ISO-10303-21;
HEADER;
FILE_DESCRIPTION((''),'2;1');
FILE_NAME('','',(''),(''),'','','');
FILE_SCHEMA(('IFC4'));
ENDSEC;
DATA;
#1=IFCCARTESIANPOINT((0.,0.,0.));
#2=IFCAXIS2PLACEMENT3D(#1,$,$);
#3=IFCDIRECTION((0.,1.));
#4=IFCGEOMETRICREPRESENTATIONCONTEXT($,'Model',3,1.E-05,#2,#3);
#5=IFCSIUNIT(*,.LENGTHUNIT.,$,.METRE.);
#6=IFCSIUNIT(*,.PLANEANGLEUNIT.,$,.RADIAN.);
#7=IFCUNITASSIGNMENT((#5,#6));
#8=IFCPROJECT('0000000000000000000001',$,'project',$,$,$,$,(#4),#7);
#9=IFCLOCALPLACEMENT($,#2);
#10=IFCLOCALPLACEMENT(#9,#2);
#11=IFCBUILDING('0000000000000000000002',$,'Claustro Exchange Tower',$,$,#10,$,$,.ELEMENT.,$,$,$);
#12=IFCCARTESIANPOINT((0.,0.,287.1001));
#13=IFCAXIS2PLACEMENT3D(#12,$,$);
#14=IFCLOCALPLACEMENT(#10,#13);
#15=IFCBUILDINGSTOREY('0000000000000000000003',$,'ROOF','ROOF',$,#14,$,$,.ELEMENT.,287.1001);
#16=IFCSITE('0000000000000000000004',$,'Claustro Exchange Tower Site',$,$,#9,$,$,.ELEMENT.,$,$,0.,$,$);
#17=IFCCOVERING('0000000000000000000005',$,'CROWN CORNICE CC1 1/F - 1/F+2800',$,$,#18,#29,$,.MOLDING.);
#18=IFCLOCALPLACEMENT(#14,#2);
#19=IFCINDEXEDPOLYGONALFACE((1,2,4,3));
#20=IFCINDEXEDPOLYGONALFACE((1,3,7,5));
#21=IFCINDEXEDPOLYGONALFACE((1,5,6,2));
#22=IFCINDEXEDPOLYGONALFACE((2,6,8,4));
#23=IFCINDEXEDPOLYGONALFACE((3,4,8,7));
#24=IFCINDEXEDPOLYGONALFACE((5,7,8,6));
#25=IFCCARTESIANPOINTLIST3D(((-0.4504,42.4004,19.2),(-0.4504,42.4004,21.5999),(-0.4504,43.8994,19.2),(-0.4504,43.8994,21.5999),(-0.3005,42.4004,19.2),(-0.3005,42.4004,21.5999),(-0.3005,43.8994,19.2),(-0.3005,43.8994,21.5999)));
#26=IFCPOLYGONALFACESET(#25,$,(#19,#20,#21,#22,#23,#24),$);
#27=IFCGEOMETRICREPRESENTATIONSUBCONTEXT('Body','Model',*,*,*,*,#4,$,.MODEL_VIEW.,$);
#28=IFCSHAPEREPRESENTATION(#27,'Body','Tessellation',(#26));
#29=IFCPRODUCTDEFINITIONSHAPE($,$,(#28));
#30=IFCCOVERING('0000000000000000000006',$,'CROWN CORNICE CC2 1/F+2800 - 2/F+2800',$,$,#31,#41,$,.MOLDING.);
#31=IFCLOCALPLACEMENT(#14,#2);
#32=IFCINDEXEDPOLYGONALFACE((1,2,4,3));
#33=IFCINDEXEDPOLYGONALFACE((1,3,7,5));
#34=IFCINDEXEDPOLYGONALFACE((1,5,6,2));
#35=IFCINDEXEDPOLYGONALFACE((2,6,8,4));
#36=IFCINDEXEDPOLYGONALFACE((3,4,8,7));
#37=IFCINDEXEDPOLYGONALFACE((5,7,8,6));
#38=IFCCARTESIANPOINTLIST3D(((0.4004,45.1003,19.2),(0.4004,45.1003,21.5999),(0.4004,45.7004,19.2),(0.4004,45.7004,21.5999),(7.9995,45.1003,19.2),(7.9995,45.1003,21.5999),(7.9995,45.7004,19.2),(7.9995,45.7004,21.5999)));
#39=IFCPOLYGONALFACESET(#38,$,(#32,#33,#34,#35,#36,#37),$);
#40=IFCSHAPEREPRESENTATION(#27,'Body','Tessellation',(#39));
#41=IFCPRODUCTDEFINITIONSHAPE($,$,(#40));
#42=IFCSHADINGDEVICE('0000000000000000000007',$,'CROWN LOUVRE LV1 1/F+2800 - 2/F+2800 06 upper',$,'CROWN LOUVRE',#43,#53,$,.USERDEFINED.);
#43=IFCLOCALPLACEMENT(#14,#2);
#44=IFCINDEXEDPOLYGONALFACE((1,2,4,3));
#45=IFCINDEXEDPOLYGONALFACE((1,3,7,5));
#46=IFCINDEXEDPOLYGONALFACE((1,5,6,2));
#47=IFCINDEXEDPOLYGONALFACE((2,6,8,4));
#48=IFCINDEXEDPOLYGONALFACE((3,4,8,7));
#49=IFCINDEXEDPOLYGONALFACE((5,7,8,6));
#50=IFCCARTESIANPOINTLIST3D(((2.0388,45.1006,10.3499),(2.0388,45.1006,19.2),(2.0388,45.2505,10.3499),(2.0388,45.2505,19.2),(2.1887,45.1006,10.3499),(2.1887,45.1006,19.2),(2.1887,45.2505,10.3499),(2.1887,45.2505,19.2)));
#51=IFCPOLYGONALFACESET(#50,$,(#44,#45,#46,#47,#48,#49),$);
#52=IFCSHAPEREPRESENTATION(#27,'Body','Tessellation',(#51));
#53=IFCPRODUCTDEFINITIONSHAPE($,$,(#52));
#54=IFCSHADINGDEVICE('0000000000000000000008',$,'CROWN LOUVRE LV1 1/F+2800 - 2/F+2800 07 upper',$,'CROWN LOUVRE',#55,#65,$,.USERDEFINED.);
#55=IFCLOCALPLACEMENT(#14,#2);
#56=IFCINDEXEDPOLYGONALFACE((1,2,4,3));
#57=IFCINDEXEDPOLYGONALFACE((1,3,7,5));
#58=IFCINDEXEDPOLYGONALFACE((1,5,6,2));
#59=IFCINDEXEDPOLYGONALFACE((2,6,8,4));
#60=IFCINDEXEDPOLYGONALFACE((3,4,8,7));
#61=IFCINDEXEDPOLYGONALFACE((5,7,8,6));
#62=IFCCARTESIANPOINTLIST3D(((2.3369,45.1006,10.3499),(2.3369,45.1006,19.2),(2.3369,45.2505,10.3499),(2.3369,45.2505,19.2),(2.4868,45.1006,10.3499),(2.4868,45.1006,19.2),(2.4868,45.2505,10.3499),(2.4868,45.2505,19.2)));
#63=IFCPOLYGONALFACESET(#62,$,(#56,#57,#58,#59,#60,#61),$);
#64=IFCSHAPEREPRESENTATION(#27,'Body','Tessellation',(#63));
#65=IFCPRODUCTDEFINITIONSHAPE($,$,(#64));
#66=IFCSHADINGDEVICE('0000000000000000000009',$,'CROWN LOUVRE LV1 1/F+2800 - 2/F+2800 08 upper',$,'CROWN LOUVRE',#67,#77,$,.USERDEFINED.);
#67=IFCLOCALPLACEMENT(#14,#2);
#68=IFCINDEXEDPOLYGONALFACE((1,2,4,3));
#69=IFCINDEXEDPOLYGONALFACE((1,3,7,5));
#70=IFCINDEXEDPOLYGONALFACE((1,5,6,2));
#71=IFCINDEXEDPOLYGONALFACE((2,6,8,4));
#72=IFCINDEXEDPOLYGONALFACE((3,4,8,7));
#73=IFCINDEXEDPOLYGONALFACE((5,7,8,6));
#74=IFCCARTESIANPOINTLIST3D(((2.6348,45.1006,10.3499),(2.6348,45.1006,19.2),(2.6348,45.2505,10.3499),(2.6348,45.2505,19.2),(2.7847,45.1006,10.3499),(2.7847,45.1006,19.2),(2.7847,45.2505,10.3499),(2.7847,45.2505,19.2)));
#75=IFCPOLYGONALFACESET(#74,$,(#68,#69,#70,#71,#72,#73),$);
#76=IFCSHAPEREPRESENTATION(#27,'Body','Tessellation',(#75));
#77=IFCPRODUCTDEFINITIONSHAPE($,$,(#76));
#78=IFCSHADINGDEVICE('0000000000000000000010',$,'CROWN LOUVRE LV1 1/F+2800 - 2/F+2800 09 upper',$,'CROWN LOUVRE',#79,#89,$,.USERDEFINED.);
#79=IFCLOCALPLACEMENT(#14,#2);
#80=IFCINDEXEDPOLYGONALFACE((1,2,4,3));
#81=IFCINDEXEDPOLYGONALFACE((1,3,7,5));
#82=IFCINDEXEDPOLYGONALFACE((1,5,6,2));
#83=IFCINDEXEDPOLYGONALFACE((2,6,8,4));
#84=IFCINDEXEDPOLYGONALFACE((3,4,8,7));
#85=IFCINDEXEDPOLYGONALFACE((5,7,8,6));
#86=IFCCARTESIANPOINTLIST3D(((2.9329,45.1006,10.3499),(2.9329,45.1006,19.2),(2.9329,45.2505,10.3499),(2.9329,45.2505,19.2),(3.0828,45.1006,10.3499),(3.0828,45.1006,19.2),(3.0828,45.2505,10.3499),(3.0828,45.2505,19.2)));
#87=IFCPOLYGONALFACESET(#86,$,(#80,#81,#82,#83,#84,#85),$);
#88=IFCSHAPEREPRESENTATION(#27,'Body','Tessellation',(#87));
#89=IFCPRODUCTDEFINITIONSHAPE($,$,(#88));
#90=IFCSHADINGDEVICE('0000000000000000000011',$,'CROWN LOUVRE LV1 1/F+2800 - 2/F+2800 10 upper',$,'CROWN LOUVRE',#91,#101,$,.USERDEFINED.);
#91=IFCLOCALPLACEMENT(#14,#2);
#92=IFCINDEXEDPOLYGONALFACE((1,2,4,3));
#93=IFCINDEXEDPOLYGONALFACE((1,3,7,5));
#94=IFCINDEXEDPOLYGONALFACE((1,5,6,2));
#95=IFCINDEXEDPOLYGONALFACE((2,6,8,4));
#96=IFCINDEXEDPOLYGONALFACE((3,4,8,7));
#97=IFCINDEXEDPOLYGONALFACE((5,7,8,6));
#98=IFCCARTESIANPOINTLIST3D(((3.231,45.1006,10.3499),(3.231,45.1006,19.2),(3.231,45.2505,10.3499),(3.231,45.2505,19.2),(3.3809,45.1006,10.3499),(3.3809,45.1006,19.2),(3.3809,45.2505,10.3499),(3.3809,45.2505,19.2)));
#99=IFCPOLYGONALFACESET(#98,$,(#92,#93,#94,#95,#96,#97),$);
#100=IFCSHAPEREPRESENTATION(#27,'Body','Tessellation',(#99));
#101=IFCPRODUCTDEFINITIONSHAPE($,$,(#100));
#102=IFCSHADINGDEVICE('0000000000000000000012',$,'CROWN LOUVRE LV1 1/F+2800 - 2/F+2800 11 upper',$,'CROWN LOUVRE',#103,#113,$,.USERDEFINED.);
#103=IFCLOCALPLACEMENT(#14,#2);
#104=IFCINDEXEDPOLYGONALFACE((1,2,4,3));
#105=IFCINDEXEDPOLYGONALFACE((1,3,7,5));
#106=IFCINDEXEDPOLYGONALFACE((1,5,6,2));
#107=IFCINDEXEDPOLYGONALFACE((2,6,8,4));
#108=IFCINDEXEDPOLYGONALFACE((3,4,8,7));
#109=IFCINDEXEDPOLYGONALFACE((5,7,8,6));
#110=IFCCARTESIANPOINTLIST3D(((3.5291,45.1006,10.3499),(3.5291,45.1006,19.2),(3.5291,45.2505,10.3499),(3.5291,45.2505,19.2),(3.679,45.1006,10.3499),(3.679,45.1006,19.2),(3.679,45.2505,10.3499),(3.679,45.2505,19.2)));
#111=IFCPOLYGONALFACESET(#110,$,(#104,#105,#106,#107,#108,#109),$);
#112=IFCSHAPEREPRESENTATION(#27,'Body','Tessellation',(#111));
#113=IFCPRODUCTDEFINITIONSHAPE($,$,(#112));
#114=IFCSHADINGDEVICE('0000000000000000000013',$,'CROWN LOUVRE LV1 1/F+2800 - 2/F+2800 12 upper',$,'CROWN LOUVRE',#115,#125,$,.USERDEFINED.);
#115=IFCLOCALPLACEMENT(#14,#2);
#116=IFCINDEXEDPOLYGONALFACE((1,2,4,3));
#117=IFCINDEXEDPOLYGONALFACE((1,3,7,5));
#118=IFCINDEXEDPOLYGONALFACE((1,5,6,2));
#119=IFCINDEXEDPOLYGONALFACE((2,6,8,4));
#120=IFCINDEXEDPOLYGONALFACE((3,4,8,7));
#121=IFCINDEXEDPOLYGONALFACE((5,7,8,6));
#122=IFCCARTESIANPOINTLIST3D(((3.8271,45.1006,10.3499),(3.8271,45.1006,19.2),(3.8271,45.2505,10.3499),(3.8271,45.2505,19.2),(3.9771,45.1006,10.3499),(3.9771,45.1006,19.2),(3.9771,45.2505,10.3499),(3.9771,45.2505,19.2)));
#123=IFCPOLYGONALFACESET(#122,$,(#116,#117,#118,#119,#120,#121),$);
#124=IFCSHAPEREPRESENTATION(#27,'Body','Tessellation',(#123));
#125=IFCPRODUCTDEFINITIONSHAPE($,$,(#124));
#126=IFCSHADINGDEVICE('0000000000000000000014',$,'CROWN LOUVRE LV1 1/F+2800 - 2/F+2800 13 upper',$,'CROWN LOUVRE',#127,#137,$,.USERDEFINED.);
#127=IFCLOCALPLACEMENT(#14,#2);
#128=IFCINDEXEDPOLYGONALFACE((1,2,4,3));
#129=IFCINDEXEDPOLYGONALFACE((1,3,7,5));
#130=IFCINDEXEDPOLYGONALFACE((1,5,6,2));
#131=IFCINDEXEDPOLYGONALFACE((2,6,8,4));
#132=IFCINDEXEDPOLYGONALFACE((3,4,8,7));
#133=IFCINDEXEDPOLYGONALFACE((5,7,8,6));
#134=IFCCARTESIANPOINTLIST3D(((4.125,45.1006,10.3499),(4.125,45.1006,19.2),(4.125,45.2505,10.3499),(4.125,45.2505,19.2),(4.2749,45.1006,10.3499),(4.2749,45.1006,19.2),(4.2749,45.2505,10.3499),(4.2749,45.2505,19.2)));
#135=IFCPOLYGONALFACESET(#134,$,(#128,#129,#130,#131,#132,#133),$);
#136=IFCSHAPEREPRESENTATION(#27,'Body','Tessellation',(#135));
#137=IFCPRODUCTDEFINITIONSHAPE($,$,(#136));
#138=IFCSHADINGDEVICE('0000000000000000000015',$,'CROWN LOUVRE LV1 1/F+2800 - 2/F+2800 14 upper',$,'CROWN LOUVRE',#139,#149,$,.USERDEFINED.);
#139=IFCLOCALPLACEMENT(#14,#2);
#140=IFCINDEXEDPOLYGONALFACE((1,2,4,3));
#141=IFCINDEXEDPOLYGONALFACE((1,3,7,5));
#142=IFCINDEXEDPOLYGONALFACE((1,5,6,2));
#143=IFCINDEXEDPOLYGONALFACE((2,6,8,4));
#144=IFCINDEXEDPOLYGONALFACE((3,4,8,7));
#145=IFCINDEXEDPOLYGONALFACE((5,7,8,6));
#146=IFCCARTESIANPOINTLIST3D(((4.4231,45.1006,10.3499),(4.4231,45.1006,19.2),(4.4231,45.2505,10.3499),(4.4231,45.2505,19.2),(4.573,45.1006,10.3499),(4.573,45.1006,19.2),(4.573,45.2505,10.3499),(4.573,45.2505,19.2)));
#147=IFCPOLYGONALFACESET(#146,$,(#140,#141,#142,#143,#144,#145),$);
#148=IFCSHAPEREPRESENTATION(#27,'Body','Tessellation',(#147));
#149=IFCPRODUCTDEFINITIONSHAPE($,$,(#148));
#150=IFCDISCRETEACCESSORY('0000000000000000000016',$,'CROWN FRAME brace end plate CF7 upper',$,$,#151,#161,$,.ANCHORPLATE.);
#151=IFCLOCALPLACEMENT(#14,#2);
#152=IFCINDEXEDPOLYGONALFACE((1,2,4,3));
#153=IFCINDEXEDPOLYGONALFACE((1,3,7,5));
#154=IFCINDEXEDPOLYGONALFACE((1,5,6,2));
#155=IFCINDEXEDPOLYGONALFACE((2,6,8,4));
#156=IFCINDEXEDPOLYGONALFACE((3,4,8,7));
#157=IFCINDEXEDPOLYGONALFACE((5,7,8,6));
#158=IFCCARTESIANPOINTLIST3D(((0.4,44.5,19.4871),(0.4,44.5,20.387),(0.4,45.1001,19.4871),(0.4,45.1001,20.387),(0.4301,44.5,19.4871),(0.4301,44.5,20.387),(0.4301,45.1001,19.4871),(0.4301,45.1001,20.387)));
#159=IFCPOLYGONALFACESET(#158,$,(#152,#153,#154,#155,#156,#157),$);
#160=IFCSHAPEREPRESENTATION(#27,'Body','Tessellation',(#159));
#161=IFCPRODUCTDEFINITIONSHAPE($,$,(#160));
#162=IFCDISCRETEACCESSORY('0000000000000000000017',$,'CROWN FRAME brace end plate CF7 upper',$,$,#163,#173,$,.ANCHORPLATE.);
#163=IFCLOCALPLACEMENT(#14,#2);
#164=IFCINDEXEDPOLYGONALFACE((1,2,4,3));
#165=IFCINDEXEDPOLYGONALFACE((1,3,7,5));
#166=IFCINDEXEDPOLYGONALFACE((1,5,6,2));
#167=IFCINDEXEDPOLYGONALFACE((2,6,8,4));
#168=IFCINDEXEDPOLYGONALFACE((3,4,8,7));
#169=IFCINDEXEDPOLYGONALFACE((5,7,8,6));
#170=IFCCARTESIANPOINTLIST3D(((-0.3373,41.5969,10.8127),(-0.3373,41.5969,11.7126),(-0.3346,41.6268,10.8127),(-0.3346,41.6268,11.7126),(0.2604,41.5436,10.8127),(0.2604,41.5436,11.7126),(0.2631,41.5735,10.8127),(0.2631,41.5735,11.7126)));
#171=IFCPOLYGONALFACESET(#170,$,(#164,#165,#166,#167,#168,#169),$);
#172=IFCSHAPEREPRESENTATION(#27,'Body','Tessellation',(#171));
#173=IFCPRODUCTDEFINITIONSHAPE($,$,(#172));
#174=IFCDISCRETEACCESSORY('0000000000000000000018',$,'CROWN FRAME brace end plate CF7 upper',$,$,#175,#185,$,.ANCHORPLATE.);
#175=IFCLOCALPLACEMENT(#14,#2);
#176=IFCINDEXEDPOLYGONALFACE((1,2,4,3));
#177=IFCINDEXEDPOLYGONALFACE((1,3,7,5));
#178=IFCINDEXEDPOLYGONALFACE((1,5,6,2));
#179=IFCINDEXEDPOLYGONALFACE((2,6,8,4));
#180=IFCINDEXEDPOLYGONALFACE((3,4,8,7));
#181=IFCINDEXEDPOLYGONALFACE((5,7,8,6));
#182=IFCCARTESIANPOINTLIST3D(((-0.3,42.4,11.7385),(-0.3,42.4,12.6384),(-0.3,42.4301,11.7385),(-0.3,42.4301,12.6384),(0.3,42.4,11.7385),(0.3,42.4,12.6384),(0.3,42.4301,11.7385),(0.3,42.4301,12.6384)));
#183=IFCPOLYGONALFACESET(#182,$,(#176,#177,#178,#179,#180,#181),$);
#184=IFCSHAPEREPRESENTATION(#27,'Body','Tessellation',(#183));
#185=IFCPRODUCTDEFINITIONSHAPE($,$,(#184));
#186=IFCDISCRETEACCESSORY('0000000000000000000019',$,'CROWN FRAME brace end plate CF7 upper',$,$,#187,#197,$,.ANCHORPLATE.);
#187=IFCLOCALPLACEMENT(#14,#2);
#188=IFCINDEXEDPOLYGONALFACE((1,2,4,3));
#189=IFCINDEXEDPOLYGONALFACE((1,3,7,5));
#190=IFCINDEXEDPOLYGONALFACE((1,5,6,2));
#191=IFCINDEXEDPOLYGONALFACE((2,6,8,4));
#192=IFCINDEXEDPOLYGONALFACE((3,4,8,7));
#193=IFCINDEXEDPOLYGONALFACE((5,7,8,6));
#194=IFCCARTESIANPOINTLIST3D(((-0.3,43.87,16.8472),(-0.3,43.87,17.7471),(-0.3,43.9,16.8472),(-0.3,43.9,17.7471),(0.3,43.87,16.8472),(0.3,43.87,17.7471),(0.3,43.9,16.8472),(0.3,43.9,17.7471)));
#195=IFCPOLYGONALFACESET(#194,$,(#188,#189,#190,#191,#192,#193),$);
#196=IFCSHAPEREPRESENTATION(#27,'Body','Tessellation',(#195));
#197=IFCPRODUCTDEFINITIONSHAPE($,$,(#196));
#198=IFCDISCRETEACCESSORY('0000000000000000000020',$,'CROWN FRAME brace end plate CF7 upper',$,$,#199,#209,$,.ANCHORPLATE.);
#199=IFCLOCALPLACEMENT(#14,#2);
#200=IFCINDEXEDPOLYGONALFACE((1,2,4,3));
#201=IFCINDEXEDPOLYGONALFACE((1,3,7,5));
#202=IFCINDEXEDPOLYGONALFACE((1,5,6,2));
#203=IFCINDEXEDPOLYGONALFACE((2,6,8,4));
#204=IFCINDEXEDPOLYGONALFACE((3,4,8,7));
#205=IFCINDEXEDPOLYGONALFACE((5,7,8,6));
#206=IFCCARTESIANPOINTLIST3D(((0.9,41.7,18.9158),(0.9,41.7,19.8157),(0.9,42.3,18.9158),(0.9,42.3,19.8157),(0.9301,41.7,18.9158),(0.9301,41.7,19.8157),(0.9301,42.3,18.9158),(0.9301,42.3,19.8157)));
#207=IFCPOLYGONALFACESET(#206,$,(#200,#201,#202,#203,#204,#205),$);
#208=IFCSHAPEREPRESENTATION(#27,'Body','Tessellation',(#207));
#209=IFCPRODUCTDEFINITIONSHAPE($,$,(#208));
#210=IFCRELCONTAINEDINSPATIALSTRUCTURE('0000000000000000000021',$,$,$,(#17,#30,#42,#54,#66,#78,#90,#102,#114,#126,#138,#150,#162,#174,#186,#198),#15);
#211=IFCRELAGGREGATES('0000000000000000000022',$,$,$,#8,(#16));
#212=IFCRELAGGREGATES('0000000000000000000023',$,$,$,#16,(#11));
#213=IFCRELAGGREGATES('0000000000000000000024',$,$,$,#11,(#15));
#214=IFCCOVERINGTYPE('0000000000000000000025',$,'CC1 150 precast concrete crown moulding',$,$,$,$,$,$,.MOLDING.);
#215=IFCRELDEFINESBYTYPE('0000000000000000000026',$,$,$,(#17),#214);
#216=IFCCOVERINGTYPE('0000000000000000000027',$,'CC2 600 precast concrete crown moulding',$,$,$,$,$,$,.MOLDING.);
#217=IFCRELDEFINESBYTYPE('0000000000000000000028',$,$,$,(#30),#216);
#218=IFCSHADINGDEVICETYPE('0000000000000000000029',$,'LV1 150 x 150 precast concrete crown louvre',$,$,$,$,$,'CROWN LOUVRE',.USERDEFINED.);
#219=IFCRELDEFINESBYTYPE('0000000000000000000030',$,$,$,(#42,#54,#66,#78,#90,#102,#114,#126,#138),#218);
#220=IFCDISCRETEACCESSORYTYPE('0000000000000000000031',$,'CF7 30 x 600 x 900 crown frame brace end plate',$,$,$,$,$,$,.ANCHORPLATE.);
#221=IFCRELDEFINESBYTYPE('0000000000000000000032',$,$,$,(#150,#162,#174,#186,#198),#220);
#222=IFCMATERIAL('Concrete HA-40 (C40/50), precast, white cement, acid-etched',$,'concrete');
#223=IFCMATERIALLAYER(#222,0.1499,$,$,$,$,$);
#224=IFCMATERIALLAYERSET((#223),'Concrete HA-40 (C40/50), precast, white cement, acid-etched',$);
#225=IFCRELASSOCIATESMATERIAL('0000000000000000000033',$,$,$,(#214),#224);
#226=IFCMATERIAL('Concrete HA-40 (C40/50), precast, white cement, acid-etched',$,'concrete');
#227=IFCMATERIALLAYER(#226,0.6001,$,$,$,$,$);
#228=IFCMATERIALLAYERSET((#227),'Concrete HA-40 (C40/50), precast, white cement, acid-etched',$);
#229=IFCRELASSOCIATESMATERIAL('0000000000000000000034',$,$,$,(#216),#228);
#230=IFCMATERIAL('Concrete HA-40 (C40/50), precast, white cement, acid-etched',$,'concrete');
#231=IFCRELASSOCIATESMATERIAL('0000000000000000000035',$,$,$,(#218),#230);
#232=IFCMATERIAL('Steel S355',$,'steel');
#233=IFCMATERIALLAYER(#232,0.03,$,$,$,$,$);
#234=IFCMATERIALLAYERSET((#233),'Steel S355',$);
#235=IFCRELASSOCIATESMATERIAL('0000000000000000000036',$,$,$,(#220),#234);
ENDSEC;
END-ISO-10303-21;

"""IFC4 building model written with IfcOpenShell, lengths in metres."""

from ifc_helpers import new_model, si_unit, direction, frame, origin, origin_2d, place, context, subcontext, project, spatial, rectangle, extrude, material, layer, layer_set, type_object, element, save


model = new_model("IFC4")

# Units and contexts
model_context = context("Model", 3, precision=1e-05, world=origin(), true_north=direction((0.0, 1.0)))
body_context = subcontext(model_context, "Body", "Model", "MODEL_VIEW")
ifc_project = project(units=[si_unit("LENGTHUNIT", "METRE"), si_unit("PLANEANGLEUNIT", "RADIAN")], contexts=[model_context])

# Site, building, storey
site_placement = place(None, origin())
site = spatial("IfcSite", under=ifc_project, at=site_placement, Name="Claustro Exchange Tower Site", CompositionType="ELEMENT", RefElevation=0.0)
building_placement = place(site_placement, origin())
building = spatial("IfcBuilding", under=site, at=building_placement, Name="Claustro Exchange Tower", CompositionType="ELEMENT")
storey_placement = place(building_placement, frame((0.0, 0.0, 287.1001)))
storey = spatial("IfcBuildingStorey", under=building, at=storey_placement, Name="ROOF", Description="ROOF", CompositionType="ELEMENT", Elevation=287.1001)

# Coverings
ifc_material_1 = material(Name="Concrete HA-40 (C40/50), precast, white cement, acid-etched", Category="concrete")
ifc_layer_1 = layer(ifc_material_1, 0.1499)
ifc_layer_set_1 = layer_set([ifc_layer_1], Name="Concrete HA-40 (C40/50), precast, white cement, acid-etched")
covering_type_1 = type_object("IfcCoveringType", Name="CC1 150 precast concrete crown moulding", PredefinedType="MOLDING", material=ifc_layer_set_1)
covering_1_placement = place(storey_placement, frame((-0.3755, 43.1499, 19.2), z_axis=(0.0, 0.0, 1.0), x_axis=(0.0, 1.0, 0.0)))
element("IfcCovering", 1, at=covering_1_placement, inside=storey, type_object=covering_type_1, Name="CROWN CORNICE CC1 1/F - 1/F+2800", PredefinedType="MOLDING", context=body_context, shape_type="SweptSolid", body=[
    extrude(rectangle(XDim=1.499, YDim=0.1499, at=origin_2d()), origin(), (0.0, 0.0, 1.0), 2.3999),
])
ifc_material_2 = material(Name="Concrete HA-40 (C40/50), precast, white cement, acid-etched", Category="concrete")
ifc_layer_2 = layer(ifc_material_2, 0.6001)
ifc_layer_set_2 = layer_set([ifc_layer_2], Name="Concrete HA-40 (C40/50), precast, white cement, acid-etched")
covering_type_2 = type_object("IfcCoveringType", Name="CC2 600 precast concrete crown moulding", PredefinedType="MOLDING", material=ifc_layer_set_2)
covering_2_placement = place(storey_placement, frame((4.2, 45.4004, 19.2), z_axis=(0.0, 0.0, 1.0), x_axis=(1.0, 0.0, 0.0)))
element("IfcCovering", 2, at=covering_2_placement, inside=storey, type_object=covering_type_2, Name="CROWN CORNICE CC2 1/F+2800 - 2/F+2800", PredefinedType="MOLDING", context=body_context, shape_type="SweptSolid", body=[
    extrude(rectangle(XDim=7.5991, YDim=0.6001, at=origin_2d()), origin(), (0.0, 0.0, 1.0), 2.3999),
])

# Shading devices
ifc_material_3 = material(Name="Concrete HA-40 (C40/50), precast, white cement, acid-etched", Category="concrete")
shading_device_type = type_object("IfcShadingDeviceType", Name="LV1 150 x 150 precast concrete crown louvre", ElementType="CROWN LOUVRE", PredefinedType="USERDEFINED", material=ifc_material_3)
for number, where, z_axis, x_axis, name in (
    (3, (2.1138, 45.1755, 10.3499), (0.0, 0.0, 1.0), (1.0, 0.0, 0.0), "CROWN LOUVRE LV1 1/F+2800 - 2/F+2800 06 upper"),
    (4, (2.4119, 45.1755, 10.3499), (0.0, 0.0, 1.0), (1.0, 0.0, 0.0), "CROWN LOUVRE LV1 1/F+2800 - 2/F+2800 07 upper"),
    (5, (2.7097, 45.1755, 10.3499), (0.0, 0.0, 1.0), (1.0, 0.0, 0.0), "CROWN LOUVRE LV1 1/F+2800 - 2/F+2800 08 upper"),
    (6, (3.0078, 45.1755, 10.3499), (0.0, 0.0, 1.0), (1.0, 0.0, 0.0), "CROWN LOUVRE LV1 1/F+2800 - 2/F+2800 09 upper"),
    (7, (3.3059, 45.1755, 10.3499), (0.0, 0.0, 1.0), (1.0, 0.0, 0.0), "CROWN LOUVRE LV1 1/F+2800 - 2/F+2800 10 upper"),
    (8, (3.604, 45.1755, 10.3499), (0.0, 0.0, 1.0), (1.0, 0.0, 0.0), "CROWN LOUVRE LV1 1/F+2800 - 2/F+2800 11 upper"),
    (9, (3.9021, 45.1755, 10.3499), (0.0, 0.0, 1.0), (1.0, 0.0, 0.0), "CROWN LOUVRE LV1 1/F+2800 - 2/F+2800 12 upper"),
    (10, (4.2, 45.1755, 10.3499), (0.0, 0.0, 1.0), (1.0, 0.0, 0.0), "CROWN LOUVRE LV1 1/F+2800 - 2/F+2800 13 upper"),
    (11, (4.498, 45.1755, 10.3499), (0.0, 0.0, 1.0), (1.0, 0.0, 0.0), "CROWN LOUVRE LV1 1/F+2800 - 2/F+2800 14 upper"),
):
    element("IfcShadingDevice", number, at=place(storey_placement, frame(where, z_axis=z_axis, x_axis=x_axis)), inside=storey, type_object=shading_device_type, Name=name, ObjectType="CROWN LOUVRE", PredefinedType="USERDEFINED", context=body_context, shape_type="SweptSolid", body=[
        extrude(rectangle(XDim=0.1499, YDim=0.1499, at=origin_2d()), origin(), (0.0, 0.0, 1.0), 8.8501),
    ])

# Discrete accessories
ifc_material_4 = material(Name="Steel S355", Category="steel")
ifc_layer_3 = layer(ifc_material_4, 0.03)
ifc_layer_set_3 = layer_set([ifc_layer_3], Name="Steel S355")
discrete_accessory_type = type_object("IfcDiscreteAccessoryType", Name="CF7 30 x 600 x 900 crown frame brace end plate", PredefinedType="ANCHORPLATE", material=ifc_layer_set_3)
for number, where, z_axis, x_axis, name in (
    (12, (0.415, 44.8, 19.4871), (0.0, 0.0, 1.0), (-1.0, 0.0, 0.0), "CROWN FRAME brace end plate CF7 upper"),
    (13, (-0.0371, 41.5852, 10.8127), (0.0, 0.0, 1.0), (-0.088933, -0.996038, 0.0), "CROWN FRAME brace end plate CF7 upper"),
    (14, (0.0, 42.415, 11.7385), (0.0, 0.0, 1.0), (0.0, 1.0, 0.0), "CROWN FRAME brace end plate CF7 upper"),
    (15, (0.0, 43.885, 16.8472), (0.0, 0.0, 1.0), (0.0, 1.0, 0.0), "CROWN FRAME brace end plate CF7 upper"),
    (16, (0.915, 42.0, 18.9158), (0.0, 0.0, 1.0), (-1.0, 0.0, 0.0), "CROWN FRAME brace end plate CF7 upper"),
):
    element("IfcDiscreteAccessory", number, at=place(storey_placement, frame(where, z_axis=z_axis, x_axis=x_axis)), inside=storey, type_object=discrete_accessory_type, Name=name, PredefinedType="ANCHORPLATE", context=body_context, shape_type="SweptSolid", body=[
        extrude(rectangle(XDim=0.03, YDim=0.6001, at=origin_2d()), origin(), (0.0, 0.0, 1.0), 0.8999),
    ])

save(model, "model.ifc")
